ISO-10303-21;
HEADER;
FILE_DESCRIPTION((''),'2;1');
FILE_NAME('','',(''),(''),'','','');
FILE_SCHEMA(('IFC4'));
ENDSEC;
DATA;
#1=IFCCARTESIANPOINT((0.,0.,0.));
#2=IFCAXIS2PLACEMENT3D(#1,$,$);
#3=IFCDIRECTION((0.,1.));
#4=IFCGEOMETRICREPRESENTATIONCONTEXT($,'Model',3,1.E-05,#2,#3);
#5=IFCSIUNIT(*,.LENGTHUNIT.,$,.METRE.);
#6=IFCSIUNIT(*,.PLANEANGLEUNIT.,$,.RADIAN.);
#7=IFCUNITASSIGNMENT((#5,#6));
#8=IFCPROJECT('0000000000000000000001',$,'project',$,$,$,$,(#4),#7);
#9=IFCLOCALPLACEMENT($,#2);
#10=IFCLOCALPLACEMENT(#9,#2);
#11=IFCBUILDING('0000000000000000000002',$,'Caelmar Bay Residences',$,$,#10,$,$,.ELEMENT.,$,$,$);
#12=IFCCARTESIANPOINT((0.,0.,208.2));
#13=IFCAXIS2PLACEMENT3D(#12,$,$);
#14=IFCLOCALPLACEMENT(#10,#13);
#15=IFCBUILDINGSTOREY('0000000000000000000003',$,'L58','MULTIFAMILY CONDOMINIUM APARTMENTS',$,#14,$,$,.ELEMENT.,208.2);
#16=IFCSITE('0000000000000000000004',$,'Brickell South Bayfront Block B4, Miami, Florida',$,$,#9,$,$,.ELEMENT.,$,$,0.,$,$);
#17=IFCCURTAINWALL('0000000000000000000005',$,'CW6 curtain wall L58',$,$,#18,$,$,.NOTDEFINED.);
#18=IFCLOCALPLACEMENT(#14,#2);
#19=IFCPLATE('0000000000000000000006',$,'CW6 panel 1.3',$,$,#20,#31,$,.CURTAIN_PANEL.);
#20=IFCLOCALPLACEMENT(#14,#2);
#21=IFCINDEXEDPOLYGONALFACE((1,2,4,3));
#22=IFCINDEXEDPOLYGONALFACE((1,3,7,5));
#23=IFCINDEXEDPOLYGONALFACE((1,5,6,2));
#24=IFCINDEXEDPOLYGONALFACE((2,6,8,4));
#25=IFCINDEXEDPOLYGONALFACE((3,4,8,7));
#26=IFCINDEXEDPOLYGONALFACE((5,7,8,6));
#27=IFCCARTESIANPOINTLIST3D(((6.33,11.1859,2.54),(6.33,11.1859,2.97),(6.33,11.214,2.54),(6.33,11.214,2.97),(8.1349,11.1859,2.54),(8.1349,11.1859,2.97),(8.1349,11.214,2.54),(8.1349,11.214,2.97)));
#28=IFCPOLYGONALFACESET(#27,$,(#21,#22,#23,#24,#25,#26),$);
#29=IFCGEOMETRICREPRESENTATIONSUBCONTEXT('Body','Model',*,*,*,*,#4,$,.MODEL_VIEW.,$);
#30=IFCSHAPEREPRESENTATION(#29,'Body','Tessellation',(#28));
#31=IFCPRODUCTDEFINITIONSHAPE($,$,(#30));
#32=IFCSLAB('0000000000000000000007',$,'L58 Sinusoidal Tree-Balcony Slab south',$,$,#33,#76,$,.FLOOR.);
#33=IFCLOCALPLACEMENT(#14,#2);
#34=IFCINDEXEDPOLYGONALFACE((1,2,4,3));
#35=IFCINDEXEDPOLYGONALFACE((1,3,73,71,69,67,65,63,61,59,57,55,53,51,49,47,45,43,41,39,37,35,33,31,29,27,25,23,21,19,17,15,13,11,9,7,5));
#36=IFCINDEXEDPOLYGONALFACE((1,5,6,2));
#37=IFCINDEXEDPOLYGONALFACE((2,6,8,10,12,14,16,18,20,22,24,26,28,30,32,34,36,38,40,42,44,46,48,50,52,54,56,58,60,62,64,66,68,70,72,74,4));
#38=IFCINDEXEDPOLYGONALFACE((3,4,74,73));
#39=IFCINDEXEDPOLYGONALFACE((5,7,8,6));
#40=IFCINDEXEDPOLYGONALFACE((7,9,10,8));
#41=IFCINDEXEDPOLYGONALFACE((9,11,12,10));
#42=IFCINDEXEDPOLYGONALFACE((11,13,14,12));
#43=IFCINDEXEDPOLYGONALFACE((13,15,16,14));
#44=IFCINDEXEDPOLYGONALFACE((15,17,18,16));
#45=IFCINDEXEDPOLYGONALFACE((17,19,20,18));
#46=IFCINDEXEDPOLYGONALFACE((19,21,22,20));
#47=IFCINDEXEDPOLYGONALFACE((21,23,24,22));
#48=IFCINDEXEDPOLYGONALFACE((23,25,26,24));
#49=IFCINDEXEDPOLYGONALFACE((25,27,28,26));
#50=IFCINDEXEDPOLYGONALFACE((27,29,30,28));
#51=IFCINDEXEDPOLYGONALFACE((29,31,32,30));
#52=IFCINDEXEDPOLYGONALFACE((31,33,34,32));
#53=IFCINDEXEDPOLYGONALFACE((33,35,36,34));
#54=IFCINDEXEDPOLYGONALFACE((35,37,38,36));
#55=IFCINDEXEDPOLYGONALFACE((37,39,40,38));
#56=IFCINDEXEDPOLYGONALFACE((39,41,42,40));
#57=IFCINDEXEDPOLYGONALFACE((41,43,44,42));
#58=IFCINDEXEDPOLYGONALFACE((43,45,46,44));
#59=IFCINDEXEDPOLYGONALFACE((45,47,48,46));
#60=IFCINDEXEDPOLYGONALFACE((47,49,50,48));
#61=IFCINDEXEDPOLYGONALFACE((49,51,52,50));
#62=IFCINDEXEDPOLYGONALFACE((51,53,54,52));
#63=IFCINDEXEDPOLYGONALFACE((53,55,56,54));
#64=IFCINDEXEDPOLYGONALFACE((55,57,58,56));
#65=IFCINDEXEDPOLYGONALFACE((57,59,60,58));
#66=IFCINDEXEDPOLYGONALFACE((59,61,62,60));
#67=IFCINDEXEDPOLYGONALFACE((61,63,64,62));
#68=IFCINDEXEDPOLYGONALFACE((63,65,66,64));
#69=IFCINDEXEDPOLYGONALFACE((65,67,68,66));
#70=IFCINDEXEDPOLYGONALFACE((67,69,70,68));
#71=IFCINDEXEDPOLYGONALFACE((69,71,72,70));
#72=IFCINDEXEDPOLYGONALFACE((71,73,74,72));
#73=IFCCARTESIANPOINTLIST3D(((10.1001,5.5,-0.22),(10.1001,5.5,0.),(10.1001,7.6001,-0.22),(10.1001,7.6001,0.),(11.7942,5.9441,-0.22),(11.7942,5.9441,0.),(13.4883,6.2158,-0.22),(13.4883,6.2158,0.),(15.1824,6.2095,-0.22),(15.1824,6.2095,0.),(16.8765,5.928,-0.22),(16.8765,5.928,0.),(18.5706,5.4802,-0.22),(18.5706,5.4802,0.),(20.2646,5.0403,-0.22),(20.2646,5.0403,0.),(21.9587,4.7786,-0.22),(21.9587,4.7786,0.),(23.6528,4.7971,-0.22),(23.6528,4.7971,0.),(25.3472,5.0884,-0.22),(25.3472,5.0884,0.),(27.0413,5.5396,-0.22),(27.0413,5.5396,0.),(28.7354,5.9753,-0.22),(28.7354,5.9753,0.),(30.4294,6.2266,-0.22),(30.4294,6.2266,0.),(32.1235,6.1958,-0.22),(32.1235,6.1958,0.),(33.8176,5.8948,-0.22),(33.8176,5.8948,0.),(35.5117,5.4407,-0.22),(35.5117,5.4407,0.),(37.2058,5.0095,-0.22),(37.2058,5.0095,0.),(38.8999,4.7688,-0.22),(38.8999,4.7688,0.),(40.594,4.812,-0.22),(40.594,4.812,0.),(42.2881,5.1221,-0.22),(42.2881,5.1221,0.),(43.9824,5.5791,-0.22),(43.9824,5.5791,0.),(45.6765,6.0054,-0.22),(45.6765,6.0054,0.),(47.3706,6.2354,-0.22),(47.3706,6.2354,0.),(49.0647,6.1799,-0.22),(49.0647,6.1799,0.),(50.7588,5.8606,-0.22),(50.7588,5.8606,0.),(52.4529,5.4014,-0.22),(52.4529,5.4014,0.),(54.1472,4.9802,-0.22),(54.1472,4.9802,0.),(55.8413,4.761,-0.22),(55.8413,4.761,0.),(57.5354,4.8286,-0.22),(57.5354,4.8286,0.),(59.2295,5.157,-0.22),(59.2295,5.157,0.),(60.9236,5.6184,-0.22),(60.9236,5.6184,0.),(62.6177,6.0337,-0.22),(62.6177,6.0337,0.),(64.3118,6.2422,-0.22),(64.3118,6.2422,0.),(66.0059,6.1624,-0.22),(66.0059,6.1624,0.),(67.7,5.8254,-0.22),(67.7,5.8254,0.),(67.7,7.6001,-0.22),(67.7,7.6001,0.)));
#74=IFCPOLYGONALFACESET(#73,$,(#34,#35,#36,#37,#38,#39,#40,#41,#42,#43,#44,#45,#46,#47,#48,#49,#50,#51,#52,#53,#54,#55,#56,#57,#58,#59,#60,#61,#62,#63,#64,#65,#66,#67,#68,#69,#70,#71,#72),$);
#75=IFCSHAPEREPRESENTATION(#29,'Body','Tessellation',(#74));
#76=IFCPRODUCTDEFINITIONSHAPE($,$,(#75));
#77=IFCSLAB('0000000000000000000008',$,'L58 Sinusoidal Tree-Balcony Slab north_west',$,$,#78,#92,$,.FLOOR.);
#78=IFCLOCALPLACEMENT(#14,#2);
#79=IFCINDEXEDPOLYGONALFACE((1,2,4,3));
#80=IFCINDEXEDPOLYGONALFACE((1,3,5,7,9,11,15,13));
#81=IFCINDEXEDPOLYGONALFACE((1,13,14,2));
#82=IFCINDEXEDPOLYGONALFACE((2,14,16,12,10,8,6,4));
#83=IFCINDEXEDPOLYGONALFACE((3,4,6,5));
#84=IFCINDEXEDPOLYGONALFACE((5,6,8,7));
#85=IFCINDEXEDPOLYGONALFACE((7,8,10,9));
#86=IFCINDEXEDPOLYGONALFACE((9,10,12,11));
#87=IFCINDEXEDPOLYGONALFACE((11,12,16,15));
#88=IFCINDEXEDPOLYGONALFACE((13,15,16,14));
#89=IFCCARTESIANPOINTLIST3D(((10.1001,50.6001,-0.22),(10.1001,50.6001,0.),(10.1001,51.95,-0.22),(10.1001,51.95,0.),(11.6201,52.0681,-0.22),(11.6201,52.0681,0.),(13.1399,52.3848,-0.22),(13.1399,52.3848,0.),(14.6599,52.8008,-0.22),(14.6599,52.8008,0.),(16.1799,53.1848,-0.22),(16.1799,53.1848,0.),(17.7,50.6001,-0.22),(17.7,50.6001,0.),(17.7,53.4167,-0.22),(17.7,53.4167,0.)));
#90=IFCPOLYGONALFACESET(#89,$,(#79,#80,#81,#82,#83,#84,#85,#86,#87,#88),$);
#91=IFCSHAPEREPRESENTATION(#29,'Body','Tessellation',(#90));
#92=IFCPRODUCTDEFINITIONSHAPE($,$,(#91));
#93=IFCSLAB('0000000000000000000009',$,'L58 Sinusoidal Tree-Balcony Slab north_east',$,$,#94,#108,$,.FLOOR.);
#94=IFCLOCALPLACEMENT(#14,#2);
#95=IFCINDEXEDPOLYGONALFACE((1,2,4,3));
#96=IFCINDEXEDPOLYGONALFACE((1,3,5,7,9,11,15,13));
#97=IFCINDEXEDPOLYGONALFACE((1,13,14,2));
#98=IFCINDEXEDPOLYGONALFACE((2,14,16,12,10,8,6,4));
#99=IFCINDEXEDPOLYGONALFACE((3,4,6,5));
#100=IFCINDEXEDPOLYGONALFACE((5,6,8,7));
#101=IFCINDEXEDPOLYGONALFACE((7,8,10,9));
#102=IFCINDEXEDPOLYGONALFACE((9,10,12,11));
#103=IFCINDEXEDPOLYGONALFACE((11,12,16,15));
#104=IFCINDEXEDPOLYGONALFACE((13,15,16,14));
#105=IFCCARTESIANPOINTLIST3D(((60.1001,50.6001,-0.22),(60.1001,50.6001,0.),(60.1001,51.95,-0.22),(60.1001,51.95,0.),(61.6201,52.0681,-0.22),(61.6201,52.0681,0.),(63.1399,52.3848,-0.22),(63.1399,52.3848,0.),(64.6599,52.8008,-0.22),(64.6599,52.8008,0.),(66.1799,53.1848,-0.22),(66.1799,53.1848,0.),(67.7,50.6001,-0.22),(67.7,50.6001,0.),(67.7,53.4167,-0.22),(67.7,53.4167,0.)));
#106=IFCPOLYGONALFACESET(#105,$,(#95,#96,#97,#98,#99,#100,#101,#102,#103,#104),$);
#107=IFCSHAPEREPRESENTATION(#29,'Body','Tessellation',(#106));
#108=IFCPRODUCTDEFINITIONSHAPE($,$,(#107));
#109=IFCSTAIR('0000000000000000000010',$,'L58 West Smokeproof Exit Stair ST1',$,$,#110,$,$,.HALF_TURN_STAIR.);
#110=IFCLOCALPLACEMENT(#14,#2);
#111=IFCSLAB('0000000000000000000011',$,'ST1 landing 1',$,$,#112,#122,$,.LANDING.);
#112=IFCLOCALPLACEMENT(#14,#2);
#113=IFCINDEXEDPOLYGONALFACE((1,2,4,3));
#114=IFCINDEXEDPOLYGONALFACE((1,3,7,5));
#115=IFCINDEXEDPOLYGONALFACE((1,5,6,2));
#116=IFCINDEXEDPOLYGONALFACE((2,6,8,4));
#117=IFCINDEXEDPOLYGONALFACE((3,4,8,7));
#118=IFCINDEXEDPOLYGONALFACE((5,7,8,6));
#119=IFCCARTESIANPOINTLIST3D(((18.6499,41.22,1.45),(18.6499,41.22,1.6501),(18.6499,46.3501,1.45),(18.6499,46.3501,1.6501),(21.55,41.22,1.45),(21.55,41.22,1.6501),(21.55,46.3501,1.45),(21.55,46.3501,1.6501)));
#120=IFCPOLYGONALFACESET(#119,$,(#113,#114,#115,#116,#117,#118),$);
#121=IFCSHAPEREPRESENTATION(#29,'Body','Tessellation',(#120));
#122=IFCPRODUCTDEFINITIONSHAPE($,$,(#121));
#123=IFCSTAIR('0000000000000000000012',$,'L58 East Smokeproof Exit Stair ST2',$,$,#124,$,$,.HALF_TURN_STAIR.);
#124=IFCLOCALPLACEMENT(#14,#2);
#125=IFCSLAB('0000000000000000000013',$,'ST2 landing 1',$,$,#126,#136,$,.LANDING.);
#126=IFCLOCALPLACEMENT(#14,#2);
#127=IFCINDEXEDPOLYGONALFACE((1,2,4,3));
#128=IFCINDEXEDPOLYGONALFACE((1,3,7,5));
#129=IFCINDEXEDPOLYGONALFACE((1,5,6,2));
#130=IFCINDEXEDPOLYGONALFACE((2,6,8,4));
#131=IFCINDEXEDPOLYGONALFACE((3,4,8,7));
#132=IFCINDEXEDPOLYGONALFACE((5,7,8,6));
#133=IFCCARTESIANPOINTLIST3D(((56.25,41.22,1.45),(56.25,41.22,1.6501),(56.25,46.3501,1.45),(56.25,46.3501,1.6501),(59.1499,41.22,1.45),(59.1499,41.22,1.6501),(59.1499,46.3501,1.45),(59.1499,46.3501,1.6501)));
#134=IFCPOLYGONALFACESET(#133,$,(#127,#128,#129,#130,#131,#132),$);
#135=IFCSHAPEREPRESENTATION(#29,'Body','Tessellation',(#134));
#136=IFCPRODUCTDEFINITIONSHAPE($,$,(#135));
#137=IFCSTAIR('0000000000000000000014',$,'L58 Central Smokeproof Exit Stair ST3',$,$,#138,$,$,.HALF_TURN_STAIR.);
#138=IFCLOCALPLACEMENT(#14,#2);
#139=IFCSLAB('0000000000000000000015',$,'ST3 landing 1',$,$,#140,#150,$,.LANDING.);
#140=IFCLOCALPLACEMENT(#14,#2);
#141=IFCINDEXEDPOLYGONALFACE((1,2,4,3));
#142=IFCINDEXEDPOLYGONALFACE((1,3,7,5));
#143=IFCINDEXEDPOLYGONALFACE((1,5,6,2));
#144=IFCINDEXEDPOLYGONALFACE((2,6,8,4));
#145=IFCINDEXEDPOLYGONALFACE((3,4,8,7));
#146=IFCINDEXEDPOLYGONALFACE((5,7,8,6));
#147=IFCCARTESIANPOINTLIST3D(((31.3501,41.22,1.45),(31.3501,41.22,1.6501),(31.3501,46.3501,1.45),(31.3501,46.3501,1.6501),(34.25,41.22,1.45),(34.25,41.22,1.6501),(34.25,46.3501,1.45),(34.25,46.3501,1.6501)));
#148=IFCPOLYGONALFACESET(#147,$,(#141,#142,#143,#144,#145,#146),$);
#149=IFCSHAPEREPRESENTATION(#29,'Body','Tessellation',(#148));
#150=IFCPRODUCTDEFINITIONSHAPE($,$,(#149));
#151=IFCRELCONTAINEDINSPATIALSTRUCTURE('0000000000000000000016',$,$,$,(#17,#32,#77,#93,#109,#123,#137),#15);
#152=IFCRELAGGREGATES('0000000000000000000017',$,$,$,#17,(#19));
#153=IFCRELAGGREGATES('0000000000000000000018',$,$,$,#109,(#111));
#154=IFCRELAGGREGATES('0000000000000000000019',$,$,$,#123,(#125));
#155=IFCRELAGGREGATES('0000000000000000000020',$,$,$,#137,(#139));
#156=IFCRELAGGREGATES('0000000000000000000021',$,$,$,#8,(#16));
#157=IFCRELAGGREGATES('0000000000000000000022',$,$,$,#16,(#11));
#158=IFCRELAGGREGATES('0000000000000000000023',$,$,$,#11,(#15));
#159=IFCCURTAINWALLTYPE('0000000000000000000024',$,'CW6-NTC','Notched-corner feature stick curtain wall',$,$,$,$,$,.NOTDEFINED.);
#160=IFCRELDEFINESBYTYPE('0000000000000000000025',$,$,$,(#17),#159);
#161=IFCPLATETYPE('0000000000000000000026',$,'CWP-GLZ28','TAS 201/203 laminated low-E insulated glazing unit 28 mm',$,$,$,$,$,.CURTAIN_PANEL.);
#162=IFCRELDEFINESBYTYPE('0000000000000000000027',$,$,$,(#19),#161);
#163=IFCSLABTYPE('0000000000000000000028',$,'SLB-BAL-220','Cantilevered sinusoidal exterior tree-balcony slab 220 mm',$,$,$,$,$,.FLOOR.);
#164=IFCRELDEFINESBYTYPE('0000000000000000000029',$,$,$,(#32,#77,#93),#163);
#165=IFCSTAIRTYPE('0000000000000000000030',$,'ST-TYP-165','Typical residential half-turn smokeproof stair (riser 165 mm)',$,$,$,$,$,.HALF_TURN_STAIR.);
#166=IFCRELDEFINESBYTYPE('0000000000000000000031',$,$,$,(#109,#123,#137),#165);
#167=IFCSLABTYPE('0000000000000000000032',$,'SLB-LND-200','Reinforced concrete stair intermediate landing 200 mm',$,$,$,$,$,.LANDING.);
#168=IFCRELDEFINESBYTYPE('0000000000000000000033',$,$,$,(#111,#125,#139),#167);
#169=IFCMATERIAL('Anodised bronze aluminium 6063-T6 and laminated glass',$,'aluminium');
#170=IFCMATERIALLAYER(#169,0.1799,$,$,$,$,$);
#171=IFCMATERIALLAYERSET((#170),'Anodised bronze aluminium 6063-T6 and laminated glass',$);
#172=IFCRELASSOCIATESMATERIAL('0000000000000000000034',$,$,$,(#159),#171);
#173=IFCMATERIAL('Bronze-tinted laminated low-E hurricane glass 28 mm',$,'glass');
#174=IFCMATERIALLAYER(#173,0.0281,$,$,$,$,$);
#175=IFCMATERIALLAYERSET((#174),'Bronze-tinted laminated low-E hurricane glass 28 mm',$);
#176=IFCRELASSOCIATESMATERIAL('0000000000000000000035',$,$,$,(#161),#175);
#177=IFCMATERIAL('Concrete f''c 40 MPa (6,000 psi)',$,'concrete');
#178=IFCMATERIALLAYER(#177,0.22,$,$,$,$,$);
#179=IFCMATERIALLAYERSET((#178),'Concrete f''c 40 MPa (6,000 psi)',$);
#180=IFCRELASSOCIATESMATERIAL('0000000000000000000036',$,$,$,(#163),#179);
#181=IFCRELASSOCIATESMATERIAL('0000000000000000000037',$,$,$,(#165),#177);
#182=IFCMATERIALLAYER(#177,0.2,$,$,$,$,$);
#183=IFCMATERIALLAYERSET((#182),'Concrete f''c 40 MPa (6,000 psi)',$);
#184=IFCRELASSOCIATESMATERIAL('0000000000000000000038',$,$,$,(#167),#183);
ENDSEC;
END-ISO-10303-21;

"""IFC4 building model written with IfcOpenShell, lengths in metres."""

from ifc_helpers import new_model, si_unit, direction, frame, origin, origin_2d, place, context, subcontext, project, spatial, polyline, rectangle, outline, extrude, material, layer, layer_set, type_object, element, aggregate, save


model = new_model("IFC4")

# Units and contexts
model_context = context("Model", 3, precision=1e-05, world=origin(), true_north=direction((0.0, 1.0)))
body_context = subcontext(model_context, "Body", "Model", "MODEL_VIEW")
ifc_project = project(units=[si_unit("LENGTHUNIT", "METRE"), si_unit("PLANEANGLEUNIT", "RADIAN")], contexts=[model_context])

# Site, building, storey
site_placement = place(None, origin())
site = spatial("IfcSite", under=ifc_project, at=site_placement, Name="Brickell South Bayfront Block B4, Miami, Florida", CompositionType="ELEMENT", RefElevation=0.0)
building_placement = place(site_placement, origin())
building = spatial("IfcBuilding", under=site, at=building_placement, Name="Caelmar Bay Residences", CompositionType="ELEMENT")
storey_placement = place(building_placement, frame((0.0, 0.0, 208.2)))
storey = spatial("IfcBuildingStorey", under=building, at=storey_placement, Name="L58", Description="MULTIFAMILY CONDOMINIUM APARTMENTS", CompositionType="ELEMENT", Elevation=208.2)

# Curtain wall
ifc_material_1 = material(Name="Anodised bronze aluminium 6063-T6 and laminated glass", Category="aluminium")
ifc_layer_1 = layer(ifc_material_1, 0.1799)
ifc_layer_set_1 = layer_set([ifc_layer_1], Name="Anodised bronze aluminium 6063-T6 and laminated glass")
curtain_wall_type_1 = type_object("IfcCurtainWallType", Name="CW6-NTC", Description="Notched-corner feature stick curtain wall", PredefinedType="NOTDEFINED", material=ifc_layer_set_1)
curtain_wall_1_placement = place(storey_placement, origin())
curtain_wall_1 = element("IfcCurtainWall", 1, at=curtain_wall_1_placement, inside=storey, type_object=curtain_wall_type_1, Name="CW6 curtain wall L58", PredefinedType="NOTDEFINED")

# Plate
ifc_material_2 = material(Name="Bronze-tinted laminated low-E hurricane glass 28 mm", Category="glass")
ifc_layer_2 = layer(ifc_material_2, 0.0281)
ifc_layer_set_2 = layer_set([ifc_layer_2], Name="Bronze-tinted laminated low-E hurricane glass 28 mm")
plate_type = type_object("IfcPlateType", Name="CWP-GLZ28", Description="TAS 201/203 laminated low-E insulated glazing unit 28 mm", PredefinedType="CURTAIN_PANEL", material=ifc_layer_set_2)
plate_1_placement = place(storey_placement, frame((7.2324, 11.2, 2.54), z_axis=(0.0, 0.0, 1.0), x_axis=(1.0, 0.0, 0.0)))
plate_1 = element("IfcPlate", 2, at=plate_1_placement, type_object=plate_type, Name="CW6 panel 1.3", PredefinedType="CURTAIN_PANEL", context=body_context, shape_type="SweptSolid", body=[
    extrude(rectangle(XDim=1.8049, YDim=0.0281, at=origin_2d()), origin(), (0.0, 0.0, 1.0), 0.4299),
])
aggregate(curtain_wall_1, [plate_1])

# Slabs
ifc_material_3 = material(Name="Concrete f'c 40 MPa (6,000 psi)", Category="concrete")
ifc_layer_3 = layer(ifc_material_3, 0.22)
ifc_layer_set_3 = layer_set([ifc_layer_3], Name="Concrete f'c 40 MPa (6,000 psi)")
slab_type_1 = type_object("IfcSlabType", Name="SLB-BAL-220", Description="Cantilevered sinusoidal exterior tree-balcony slab 220 mm", PredefinedType="FLOOR", material=ifc_layer_set_3)
slab_1_placement = place(storey_placement, frame((0.0, 0.0, -0.22)))
element("IfcSlab", 3, at=slab_1_placement, inside=storey, type_object=slab_type_1, Name="L58 Sinusoidal Tree-Balcony Slab south", PredefinedType="FLOOR", context=body_context, shape_type="SweptSolid", body=[
    extrude(outline(polyline([(10.1001, 5.5), (11.7942, 5.9441), (13.4883, 6.2158), (15.1824, 6.2095), (16.8765, 5.928), (18.5706, 5.4802), (20.2646, 5.0403), (21.9587, 4.7786), (23.6528, 4.7971), (25.3472, 5.0884), (27.0413, 5.5396), (28.7354, 5.9753), (30.4294, 6.2266), (32.1235, 6.1958), (33.8176, 5.8948), (35.5117, 5.4407), (37.2058, 5.0095), (38.8999, 4.7688), (40.594, 4.812), (42.2881, 5.1221), (43.9824, 5.5791), (45.6765, 6.0054), (47.3706, 6.2354), (49.0647, 6.1799), (50.7588, 5.8606), (52.4529, 5.4014), (54.1472, 4.9802), (55.8413, 4.761), (57.5354, 4.8286), (59.2295, 5.157), (60.9236, 5.6184), (62.6177, 6.0337), (64.3118, 6.2422), (66.0059, 6.1624), (67.7, 5.8254), (67.7, 7.6001), (10.1001, 7.6001), (10.1001, 5.5)])), origin(), (0.0, 0.0, 1.0), 0.22),
])
slab_2_placement = place(storey_placement, frame((0.0, 0.0, -0.22)))
element("IfcSlab", 4, at=slab_2_placement, inside=storey, type_object=slab_type_1, Name="L58 Sinusoidal Tree-Balcony Slab north_west", PredefinedType="FLOOR", context=body_context, shape_type="SweptSolid", body=[
    extrude(outline(polyline([(10.1001, 50.6001), (17.7, 50.6001), (17.7, 53.4167), (16.1799, 53.1848), (14.6599, 52.8008), (13.1399, 52.3848), (11.6201, 52.0681), (10.1001, 51.95), (10.1001, 50.6001)])), origin(), (0.0, 0.0, 1.0), 0.22),
])
slab_3_placement = place(storey_placement, frame((0.0, 0.0, -0.22)))
element("IfcSlab", 5, at=slab_3_placement, inside=storey, type_object=slab_type_1, Name="L58 Sinusoidal Tree-Balcony Slab north_east", PredefinedType="FLOOR", context=body_context, shape_type="SweptSolid", body=[
    extrude(outline(polyline([(60.1001, 50.6001), (67.7, 50.6001), (67.7, 53.4167), (66.1799, 53.1848), (64.6599, 52.8008), (63.1399, 52.3848), (61.6201, 52.0681), (60.1001, 51.95), (60.1001, 50.6001)])), origin(), (0.0, 0.0, 1.0), 0.22),
])

# Stairs, slabs
stair_type = type_object("IfcStairType", Name="ST-TYP-165", Description="Typical residential half-turn smokeproof stair (riser 165 mm)", PredefinedType="HALF_TURN_STAIR", material=ifc_material_3)
stair_1_placement = place(storey_placement, origin())
stair_1 = element("IfcStair", 6, at=stair_1_placement, inside=storey, type_object=stair_type, Name="L58 West Smokeproof Exit Stair ST1", PredefinedType="HALF_TURN_STAIR")
ifc_layer_4 = layer(ifc_material_3, 0.2)
ifc_layer_set_4 = layer_set([ifc_layer_4], Name="Concrete f'c 40 MPa (6,000 psi)")
slab_type_2 = type_object("IfcSlabType", Name="SLB-LND-200", Description="Reinforced concrete stair intermediate landing 200 mm", PredefinedType="LANDING", material=ifc_layer_set_4)
slab_4_placement = place(storey_placement, frame((0.0, 0.0, 1.45)))
slab_4 = element("IfcSlab", 7, at=slab_4_placement, type_object=slab_type_2, Name="ST1 landing 1", PredefinedType="LANDING", context=body_context, shape_type="SweptSolid", body=[
    extrude(outline(polyline([(21.55, 41.22), (21.55, 46.3501), (18.6499, 46.3501), (18.6499, 41.22), (21.55, 41.22)])), origin(), (0.0, 0.0, 1.0), 0.2002),
])
aggregate(stair_1, [slab_4])
stair_2_placement = place(storey_placement, origin())
stair_2 = element("IfcStair", 8, at=stair_2_placement, inside=storey, type_object=stair_type, Name="L58 East Smokeproof Exit Stair ST2", PredefinedType="HALF_TURN_STAIR")
slab_5_placement = place(storey_placement, frame((0.0, 0.0, 1.45)))
slab_5 = element("IfcSlab", 9, at=slab_5_placement, type_object=slab_type_2, Name="ST2 landing 1", PredefinedType="LANDING", context=body_context, shape_type="SweptSolid", body=[
    extrude(outline(polyline([(59.1499, 41.22), (59.1499, 46.3501), (56.25, 46.3501), (56.25, 41.22), (59.1499, 41.22)])), origin(), (0.0, 0.0, 1.0), 0.2002),
])
aggregate(stair_2, [slab_5])
stair_3_placement = place(storey_placement, origin())
stair_3 = element("IfcStair", 10, at=stair_3_placement, inside=storey, type_object=stair_type, Name="L58 Central Smokeproof Exit Stair ST3", PredefinedType="HALF_TURN_STAIR")
slab_6_placement = place(storey_placement, frame((0.0, 0.0, 1.45)))
slab_6 = element("IfcSlab", 11, at=slab_6_placement, type_object=slab_type_2, Name="ST3 landing 1", PredefinedType="LANDING", context=body_context, shape_type="SweptSolid", body=[
    extrude(outline(polyline([(34.25, 41.22), (34.25, 46.3501), (31.3501, 46.3501), (31.3501, 41.22), (34.25, 41.22)])), origin(), (0.0, 0.0, 1.0), 0.2002),
])
aggregate(stair_3, [slab_6])

save(model, "model.ifc")
